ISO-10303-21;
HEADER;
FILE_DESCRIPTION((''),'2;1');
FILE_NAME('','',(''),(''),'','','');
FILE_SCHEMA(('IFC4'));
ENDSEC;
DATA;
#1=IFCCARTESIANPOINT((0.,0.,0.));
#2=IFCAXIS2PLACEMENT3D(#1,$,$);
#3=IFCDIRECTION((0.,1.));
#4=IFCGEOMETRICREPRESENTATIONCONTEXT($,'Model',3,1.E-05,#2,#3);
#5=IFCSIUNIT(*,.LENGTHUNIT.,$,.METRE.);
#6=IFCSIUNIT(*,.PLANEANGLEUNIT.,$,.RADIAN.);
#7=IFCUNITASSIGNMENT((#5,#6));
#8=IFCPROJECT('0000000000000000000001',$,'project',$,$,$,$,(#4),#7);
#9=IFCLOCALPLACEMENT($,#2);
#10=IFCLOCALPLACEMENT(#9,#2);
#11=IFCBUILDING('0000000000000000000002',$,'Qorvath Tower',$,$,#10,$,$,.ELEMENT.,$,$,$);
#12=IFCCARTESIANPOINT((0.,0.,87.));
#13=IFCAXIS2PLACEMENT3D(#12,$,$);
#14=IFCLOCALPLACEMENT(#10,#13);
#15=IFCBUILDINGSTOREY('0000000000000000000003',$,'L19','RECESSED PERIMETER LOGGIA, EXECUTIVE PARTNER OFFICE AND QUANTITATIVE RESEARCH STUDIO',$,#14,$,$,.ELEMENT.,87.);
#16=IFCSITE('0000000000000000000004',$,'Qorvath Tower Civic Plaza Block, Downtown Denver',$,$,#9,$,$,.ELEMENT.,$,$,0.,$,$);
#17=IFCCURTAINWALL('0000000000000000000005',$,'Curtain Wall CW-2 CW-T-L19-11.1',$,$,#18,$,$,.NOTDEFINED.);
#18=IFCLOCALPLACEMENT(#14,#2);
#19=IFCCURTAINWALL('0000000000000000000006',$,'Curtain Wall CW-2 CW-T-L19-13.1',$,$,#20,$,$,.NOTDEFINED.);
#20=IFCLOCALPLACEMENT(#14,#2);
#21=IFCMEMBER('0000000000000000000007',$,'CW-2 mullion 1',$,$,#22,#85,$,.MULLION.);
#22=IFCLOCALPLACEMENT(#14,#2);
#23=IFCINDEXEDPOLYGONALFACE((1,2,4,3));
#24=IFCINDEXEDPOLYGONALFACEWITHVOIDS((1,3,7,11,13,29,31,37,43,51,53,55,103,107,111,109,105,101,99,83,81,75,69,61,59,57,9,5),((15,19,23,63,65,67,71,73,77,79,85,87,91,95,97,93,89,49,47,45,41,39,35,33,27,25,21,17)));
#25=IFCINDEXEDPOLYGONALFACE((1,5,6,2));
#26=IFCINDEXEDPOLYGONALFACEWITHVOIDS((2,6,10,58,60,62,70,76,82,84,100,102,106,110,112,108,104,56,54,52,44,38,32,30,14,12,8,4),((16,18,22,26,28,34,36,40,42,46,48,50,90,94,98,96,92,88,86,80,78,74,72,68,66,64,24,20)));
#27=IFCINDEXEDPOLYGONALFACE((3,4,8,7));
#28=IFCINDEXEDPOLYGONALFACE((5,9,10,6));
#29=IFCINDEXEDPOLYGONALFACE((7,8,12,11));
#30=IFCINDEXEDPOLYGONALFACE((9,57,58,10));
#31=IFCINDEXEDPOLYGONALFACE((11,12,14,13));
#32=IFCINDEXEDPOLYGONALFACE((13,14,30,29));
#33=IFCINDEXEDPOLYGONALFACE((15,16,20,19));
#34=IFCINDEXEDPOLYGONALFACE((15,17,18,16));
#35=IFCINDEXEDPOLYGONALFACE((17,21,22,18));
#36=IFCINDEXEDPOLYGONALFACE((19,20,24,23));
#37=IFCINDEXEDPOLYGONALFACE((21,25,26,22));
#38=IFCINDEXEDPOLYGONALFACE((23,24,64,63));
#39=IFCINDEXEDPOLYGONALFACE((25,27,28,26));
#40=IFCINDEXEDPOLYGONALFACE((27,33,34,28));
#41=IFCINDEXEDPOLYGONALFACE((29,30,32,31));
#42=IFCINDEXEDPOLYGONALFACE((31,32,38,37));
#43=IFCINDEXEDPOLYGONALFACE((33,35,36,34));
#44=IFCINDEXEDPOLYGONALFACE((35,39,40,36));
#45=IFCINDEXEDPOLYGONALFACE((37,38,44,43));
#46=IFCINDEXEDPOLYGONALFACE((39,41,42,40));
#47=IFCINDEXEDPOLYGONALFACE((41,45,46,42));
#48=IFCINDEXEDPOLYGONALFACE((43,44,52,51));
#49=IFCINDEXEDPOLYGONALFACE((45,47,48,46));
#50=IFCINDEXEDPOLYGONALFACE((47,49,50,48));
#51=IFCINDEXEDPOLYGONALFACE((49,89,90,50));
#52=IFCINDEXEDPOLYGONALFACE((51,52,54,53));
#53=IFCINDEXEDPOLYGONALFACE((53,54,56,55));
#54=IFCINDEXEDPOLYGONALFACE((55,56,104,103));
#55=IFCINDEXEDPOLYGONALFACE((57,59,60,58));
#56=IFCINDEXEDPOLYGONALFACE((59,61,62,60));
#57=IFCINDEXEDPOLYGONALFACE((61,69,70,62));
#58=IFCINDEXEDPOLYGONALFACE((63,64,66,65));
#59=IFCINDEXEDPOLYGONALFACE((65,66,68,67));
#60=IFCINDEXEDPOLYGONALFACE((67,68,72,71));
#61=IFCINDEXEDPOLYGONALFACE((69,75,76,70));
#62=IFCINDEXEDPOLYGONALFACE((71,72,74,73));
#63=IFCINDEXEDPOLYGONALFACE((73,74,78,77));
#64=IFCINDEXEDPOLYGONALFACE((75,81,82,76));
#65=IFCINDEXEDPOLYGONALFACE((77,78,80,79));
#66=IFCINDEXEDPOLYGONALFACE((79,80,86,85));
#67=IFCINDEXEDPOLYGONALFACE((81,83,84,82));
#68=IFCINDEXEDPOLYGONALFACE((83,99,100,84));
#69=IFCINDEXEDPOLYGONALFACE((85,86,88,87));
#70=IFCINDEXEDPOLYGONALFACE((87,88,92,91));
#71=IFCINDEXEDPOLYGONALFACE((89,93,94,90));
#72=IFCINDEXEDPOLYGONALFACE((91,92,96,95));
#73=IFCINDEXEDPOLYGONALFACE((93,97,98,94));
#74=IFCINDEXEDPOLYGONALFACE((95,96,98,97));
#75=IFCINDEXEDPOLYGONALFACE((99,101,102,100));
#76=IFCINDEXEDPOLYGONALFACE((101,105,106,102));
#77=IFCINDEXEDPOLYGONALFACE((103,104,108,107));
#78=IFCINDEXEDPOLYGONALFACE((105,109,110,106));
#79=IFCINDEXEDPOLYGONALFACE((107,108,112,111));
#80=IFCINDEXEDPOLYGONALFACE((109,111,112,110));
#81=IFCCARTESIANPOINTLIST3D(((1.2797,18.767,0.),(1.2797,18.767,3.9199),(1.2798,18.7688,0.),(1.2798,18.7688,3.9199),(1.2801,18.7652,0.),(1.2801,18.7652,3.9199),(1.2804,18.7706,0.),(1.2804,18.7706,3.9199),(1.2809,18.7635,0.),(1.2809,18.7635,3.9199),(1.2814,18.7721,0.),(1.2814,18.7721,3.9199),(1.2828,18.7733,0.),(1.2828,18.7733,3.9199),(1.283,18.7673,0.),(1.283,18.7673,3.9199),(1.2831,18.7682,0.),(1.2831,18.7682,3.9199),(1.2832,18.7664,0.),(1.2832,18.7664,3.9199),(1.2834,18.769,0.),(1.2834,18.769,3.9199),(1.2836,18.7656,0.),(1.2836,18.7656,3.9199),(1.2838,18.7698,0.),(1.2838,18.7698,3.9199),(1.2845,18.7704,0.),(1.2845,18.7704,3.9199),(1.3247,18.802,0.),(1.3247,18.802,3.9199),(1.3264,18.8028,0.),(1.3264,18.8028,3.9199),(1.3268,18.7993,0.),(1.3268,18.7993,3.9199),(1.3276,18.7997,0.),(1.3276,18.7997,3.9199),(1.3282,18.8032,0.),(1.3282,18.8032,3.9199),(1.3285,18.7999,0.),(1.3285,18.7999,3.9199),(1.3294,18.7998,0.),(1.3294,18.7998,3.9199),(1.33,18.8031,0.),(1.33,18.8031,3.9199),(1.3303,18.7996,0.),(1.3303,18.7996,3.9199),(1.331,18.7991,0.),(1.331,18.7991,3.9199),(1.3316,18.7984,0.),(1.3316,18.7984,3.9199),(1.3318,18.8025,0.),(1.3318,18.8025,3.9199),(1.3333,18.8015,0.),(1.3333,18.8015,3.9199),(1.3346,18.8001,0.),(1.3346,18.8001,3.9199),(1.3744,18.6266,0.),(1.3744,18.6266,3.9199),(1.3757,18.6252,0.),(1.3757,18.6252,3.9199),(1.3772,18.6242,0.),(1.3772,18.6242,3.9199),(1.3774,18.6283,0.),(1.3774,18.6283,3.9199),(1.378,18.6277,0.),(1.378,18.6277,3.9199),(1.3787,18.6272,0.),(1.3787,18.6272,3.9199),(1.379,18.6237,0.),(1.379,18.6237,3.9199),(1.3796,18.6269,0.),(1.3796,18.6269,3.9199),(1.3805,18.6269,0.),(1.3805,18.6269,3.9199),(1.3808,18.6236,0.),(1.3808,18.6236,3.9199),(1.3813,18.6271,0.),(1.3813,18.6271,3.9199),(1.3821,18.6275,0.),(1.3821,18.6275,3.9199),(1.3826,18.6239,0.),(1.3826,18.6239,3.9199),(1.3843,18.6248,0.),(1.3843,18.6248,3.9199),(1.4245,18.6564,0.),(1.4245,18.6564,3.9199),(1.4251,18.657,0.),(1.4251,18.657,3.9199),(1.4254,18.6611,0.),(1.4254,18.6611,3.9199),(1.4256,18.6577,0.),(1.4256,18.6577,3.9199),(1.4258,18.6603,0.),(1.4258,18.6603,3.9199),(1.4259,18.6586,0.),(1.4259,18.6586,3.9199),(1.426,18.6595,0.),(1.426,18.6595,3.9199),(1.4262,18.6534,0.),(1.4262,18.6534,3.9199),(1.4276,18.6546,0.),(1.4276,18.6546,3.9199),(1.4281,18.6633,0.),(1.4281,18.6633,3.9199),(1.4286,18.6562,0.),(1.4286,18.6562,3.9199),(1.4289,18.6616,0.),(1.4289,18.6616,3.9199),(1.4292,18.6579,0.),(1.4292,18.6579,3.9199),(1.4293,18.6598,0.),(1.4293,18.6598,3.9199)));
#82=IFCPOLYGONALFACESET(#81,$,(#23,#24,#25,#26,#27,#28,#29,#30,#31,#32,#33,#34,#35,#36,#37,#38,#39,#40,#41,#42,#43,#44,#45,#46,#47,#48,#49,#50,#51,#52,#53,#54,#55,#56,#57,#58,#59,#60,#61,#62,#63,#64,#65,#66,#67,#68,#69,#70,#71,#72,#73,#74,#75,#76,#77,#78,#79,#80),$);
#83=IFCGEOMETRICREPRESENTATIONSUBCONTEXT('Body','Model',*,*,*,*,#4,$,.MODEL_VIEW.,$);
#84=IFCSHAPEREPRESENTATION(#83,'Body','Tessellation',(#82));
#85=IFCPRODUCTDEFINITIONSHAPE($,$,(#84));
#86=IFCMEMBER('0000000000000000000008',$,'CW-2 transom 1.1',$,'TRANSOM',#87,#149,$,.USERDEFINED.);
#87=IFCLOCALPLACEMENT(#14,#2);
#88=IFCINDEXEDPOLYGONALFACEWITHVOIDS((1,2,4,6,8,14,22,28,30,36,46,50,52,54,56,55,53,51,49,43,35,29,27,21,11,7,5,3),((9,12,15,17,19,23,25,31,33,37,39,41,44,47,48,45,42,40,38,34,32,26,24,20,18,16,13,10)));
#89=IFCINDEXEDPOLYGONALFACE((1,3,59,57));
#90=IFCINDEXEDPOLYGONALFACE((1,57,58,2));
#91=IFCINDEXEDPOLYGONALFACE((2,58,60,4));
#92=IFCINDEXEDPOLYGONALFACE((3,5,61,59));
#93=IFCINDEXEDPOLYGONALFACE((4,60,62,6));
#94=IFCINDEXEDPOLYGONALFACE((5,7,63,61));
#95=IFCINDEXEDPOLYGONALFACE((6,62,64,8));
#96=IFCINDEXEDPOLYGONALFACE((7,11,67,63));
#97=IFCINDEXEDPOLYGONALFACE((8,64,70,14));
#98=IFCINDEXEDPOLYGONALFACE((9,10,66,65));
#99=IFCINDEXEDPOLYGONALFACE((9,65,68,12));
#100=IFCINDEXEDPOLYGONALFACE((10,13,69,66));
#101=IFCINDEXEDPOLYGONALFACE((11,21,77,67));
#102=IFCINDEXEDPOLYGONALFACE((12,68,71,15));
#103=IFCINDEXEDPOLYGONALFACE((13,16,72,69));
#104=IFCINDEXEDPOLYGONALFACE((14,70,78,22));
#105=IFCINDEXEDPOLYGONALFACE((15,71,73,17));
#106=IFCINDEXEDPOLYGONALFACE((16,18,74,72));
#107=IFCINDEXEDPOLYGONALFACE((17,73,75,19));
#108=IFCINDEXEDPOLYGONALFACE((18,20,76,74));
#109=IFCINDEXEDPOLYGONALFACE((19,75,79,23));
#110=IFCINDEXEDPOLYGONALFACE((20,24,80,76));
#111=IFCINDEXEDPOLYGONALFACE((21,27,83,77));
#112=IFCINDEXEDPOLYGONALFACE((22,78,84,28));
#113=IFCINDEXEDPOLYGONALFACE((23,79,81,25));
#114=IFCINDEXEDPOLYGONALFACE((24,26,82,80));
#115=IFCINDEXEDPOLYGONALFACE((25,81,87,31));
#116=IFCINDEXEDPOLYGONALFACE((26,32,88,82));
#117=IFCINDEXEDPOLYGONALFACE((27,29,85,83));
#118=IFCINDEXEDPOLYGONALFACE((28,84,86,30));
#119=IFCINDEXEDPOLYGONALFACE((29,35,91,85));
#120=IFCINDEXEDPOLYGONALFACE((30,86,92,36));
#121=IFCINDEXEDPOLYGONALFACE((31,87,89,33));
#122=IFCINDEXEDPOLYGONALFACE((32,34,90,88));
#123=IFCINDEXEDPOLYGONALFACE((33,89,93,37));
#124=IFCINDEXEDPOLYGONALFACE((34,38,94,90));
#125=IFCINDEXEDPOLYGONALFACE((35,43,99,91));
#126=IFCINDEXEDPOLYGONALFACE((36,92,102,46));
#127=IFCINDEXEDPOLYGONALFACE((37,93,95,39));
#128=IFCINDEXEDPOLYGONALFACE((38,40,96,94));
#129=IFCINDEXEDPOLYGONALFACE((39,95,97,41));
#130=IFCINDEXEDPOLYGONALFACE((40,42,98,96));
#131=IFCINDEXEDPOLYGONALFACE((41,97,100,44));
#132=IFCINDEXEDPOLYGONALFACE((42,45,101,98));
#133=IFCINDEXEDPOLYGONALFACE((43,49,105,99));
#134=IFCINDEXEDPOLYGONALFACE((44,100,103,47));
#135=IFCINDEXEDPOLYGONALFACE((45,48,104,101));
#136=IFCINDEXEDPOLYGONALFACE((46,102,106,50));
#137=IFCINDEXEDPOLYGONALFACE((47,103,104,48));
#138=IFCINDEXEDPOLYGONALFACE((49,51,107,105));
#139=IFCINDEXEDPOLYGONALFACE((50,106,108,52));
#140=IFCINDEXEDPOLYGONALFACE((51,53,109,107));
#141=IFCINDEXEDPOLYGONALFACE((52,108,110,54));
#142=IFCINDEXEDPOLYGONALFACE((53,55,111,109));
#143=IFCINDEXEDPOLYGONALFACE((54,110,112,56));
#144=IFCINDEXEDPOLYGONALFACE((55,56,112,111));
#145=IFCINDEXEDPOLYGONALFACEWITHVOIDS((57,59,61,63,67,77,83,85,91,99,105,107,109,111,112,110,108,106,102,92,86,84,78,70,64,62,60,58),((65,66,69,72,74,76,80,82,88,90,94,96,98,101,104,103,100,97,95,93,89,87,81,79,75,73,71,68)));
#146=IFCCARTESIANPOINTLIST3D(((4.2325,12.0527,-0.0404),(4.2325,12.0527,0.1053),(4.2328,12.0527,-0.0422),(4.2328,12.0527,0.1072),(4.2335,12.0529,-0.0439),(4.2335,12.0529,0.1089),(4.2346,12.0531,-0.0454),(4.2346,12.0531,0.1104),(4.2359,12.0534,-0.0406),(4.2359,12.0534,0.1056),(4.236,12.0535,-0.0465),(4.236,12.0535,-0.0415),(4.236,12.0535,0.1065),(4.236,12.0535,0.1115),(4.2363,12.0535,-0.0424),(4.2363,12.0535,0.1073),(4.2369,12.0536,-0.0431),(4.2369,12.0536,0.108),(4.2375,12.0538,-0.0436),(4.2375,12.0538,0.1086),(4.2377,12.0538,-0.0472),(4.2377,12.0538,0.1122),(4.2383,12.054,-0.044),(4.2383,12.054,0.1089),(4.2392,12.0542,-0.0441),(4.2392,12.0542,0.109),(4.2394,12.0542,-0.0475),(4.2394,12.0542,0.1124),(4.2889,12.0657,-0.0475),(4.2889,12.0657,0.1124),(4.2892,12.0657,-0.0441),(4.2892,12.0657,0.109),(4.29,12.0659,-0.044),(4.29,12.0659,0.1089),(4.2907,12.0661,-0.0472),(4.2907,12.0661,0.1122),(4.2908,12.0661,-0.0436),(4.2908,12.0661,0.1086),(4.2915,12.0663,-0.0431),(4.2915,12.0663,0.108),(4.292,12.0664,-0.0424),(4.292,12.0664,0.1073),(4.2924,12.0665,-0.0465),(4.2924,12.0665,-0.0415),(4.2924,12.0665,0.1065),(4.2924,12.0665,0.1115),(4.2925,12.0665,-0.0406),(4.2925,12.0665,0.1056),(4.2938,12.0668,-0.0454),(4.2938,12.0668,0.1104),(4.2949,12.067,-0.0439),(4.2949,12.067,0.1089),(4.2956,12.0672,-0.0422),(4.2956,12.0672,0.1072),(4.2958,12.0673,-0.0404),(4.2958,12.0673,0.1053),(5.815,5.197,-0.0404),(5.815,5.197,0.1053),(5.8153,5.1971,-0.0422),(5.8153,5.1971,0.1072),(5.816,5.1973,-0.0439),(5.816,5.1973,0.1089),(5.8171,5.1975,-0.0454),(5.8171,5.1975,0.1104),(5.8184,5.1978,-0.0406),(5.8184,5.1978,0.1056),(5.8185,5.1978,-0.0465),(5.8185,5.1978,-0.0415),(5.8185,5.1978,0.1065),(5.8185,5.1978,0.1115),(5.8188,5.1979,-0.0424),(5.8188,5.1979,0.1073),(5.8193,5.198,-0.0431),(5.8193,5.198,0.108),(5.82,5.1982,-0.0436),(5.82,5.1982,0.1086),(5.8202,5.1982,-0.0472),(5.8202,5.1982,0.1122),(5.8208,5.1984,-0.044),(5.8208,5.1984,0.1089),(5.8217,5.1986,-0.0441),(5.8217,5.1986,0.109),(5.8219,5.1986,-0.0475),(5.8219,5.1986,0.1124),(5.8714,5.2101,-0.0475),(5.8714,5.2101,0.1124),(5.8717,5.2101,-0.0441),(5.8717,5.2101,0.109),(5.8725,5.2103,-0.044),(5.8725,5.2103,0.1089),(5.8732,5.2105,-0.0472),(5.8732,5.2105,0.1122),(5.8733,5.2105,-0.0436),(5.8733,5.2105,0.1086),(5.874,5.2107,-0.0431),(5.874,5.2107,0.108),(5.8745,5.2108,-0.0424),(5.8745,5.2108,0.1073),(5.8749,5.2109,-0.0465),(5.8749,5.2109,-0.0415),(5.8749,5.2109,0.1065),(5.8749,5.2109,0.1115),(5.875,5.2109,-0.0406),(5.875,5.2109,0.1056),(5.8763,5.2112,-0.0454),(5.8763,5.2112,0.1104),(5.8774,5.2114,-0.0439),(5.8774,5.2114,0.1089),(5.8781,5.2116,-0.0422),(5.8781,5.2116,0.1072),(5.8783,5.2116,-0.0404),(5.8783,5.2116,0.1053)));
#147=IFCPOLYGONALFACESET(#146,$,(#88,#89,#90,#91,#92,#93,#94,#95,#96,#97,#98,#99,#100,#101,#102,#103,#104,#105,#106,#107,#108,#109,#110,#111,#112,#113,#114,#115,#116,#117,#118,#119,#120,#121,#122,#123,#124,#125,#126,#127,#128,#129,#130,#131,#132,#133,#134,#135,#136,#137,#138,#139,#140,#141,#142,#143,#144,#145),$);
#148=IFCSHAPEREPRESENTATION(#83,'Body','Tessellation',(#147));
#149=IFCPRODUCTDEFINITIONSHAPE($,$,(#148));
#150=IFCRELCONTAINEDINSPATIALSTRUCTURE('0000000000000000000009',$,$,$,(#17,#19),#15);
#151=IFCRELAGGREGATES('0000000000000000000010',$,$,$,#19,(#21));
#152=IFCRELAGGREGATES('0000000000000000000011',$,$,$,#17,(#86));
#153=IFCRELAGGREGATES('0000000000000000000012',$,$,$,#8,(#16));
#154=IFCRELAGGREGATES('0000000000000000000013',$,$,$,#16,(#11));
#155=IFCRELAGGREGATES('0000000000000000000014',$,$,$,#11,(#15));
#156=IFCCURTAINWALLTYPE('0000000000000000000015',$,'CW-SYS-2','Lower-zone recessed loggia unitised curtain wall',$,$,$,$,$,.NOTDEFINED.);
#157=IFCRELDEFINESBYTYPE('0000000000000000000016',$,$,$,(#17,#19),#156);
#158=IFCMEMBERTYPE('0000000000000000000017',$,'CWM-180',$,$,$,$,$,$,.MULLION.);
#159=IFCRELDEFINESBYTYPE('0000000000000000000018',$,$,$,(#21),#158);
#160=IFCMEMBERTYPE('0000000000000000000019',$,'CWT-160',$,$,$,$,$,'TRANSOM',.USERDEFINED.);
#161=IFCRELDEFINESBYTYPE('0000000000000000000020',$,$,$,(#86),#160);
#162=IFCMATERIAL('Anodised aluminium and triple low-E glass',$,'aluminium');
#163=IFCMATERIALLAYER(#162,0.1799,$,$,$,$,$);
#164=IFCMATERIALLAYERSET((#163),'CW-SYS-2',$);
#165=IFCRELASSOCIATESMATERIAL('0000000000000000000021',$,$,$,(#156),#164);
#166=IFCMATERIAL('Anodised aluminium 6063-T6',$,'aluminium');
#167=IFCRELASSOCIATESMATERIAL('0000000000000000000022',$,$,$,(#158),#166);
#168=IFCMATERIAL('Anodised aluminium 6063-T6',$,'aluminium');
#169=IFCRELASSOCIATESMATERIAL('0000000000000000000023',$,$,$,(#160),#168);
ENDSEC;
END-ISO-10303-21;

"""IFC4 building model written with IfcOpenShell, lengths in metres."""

from ifc_helpers import new_model, si_unit, direction, frame, origin, origin_2d, place, context, subcontext, project, spatial, hollow_rectangle, extrude, material, layer, layer_set, material_profile, profile_set, type_object, element, aggregate, save


model = new_model("IFC4")

# Units and contexts
model_context = context("Model", 3, precision=1e-05, world=origin(), true_north=direction((0.0, 1.0)))
body_context = subcontext(model_context, "Body", "Model", "MODEL_VIEW")
ifc_project = project(units=[si_unit("LENGTHUNIT", "METRE"), si_unit("PLANEANGLEUNIT", "RADIAN")], contexts=[model_context])

# Site, building, storey
site_placement = place(None, origin())
site = spatial("IfcSite", under=ifc_project, at=site_placement, Name="Qorvath Tower Civic Plaza Block, Downtown Denver", CompositionType="ELEMENT", RefElevation=0.0)
building_placement = place(site_placement, origin())
building = spatial("IfcBuilding", under=site, at=building_placement, Name="Qorvath Tower", CompositionType="ELEMENT")
storey_placement = place(building_placement, frame((0.0, 0.0, 87.0)))
storey = spatial("IfcBuildingStorey", under=building, at=storey_placement, Name="L19", Description="RECESSED PERIMETER LOGGIA, EXECUTIVE PARTNER OFFICE AND QUANTITATIVE RESEARCH STUDIO", CompositionType="ELEMENT", Elevation=87.0)

# Shared definitions
ifc_material_1 = material(Name="Anodised aluminium and triple low-E glass", Category="aluminium")
ifc_layer_1 = layer(ifc_material_1, 0.1799)
ifc_layer_set_1 = layer_set([ifc_layer_1], Name="CW-SYS-2")
curtain_wall_type = type_object("IfcCurtainWallType", Name="CW-SYS-2", Description="Lower-zone recessed loggia unitised curtain wall", PredefinedType="NOTDEFINED", material=ifc_layer_set_1)
ifc_material_2 = material(Name="Anodised aluminium 6063-T6", Category="aluminium")
ifc_material_profile_1 = material_profile(ifc_material_2, hollow_rectangle(XDim=0.0649, YDim=0.1799, WallThickness=0.0034, InnerFilletRadius=0.0034, OuterFilletRadius=0.0071, at=origin_2d()), Name="CWM 180x65")
ifc_profile_set_1 = profile_set([ifc_material_profile_1], Name="Anodised aluminium 6063-T6")
member_type_1 = type_object("IfcMemberType", Name="CWM-180", PredefinedType="MULLION", material=ifc_profile_set_1)

# Curtain wall
curtain_wall_1_placement = place(storey_placement, origin())
curtain_wall_1 = element("IfcCurtainWall", 1, at=curtain_wall_1_placement, inside=storey, type_object=curtain_wall_type, Name="Curtain Wall CW-2 CW-T-L19-11.1", PredefinedType="NOTDEFINED")

# Curtain wall, member
curtain_wall_2_placement = place(storey_placement, origin())
curtain_wall_2 = element("IfcCurtainWall", 2, at=curtain_wall_2_placement, inside=storey, type_object=curtain_wall_type, Name="Curtain Wall CW-2 CW-T-L19-13.1", PredefinedType="NOTDEFINED")
member_1_placement = place(storey_placement, frame((1.3545, 18.7134, 0.0), z_axis=(0.0, 0.0, 1.0), x_axis=(-0.82575, -0.564036, 0.0)))
member_1 = element("IfcMember", 3, at=member_1_placement, type_object=member_type_1, Name="CW-2 mullion 1", PredefinedType="MULLION", context=body_context, shape_type="SweptSolid", body=[
    extrude(hollow_rectangle(XDim=0.0649, YDim=0.1799, WallThickness=0.0034, InnerFilletRadius=0.0034, OuterFilletRadius=0.0071, at=origin_2d()), origin(), (0.0, 0.0, 1.0), 3.9199),
])

# Member
ifc_material_3 = material(Name="Anodised aluminium 6063-T6", Category="aluminium")
ifc_material_profile_2 = material_profile(ifc_material_3, hollow_rectangle(XDim=0.0649, YDim=0.1599, WallThickness=0.0034, InnerFilletRadius=0.0034, OuterFilletRadius=0.0071, at=origin_2d()), Name="CWT 160x65")
ifc_profile_set_2 = profile_set([ifc_material_profile_2], Name="Anodised aluminium 6063-T6")
member_type_2 = type_object("IfcMemberType", Name="CWT-160", ElementType="TRANSOM", PredefinedType="USERDEFINED", material=ifc_profile_set_2)
member_2_placement = place(storey_placement, frame((5.8467, 5.2043, 0.0325), z_axis=(-0.224918, 0.974378, 0.0), x_axis=(-0.974378, -0.224918, 0.0)))
member_2 = element("IfcMember", 4, at=member_2_placement, type_object=member_type_2, Name="CW-2 transom 1.1", ObjectType="TRANSOM", PredefinedType="USERDEFINED", context=body_context, shape_type="SweptSolid", body=[
    extrude(hollow_rectangle(XDim=0.0649, YDim=0.1599, WallThickness=0.0034, InnerFilletRadius=0.0034, OuterFilletRadius=0.0071, at=origin_2d()), origin(), (0.0, 0.0, 1.0), 7.0359),
])
aggregate(curtain_wall_2, [member_1])

aggregate(curtain_wall_1, [member_2])

save(model, "model.ifc")
